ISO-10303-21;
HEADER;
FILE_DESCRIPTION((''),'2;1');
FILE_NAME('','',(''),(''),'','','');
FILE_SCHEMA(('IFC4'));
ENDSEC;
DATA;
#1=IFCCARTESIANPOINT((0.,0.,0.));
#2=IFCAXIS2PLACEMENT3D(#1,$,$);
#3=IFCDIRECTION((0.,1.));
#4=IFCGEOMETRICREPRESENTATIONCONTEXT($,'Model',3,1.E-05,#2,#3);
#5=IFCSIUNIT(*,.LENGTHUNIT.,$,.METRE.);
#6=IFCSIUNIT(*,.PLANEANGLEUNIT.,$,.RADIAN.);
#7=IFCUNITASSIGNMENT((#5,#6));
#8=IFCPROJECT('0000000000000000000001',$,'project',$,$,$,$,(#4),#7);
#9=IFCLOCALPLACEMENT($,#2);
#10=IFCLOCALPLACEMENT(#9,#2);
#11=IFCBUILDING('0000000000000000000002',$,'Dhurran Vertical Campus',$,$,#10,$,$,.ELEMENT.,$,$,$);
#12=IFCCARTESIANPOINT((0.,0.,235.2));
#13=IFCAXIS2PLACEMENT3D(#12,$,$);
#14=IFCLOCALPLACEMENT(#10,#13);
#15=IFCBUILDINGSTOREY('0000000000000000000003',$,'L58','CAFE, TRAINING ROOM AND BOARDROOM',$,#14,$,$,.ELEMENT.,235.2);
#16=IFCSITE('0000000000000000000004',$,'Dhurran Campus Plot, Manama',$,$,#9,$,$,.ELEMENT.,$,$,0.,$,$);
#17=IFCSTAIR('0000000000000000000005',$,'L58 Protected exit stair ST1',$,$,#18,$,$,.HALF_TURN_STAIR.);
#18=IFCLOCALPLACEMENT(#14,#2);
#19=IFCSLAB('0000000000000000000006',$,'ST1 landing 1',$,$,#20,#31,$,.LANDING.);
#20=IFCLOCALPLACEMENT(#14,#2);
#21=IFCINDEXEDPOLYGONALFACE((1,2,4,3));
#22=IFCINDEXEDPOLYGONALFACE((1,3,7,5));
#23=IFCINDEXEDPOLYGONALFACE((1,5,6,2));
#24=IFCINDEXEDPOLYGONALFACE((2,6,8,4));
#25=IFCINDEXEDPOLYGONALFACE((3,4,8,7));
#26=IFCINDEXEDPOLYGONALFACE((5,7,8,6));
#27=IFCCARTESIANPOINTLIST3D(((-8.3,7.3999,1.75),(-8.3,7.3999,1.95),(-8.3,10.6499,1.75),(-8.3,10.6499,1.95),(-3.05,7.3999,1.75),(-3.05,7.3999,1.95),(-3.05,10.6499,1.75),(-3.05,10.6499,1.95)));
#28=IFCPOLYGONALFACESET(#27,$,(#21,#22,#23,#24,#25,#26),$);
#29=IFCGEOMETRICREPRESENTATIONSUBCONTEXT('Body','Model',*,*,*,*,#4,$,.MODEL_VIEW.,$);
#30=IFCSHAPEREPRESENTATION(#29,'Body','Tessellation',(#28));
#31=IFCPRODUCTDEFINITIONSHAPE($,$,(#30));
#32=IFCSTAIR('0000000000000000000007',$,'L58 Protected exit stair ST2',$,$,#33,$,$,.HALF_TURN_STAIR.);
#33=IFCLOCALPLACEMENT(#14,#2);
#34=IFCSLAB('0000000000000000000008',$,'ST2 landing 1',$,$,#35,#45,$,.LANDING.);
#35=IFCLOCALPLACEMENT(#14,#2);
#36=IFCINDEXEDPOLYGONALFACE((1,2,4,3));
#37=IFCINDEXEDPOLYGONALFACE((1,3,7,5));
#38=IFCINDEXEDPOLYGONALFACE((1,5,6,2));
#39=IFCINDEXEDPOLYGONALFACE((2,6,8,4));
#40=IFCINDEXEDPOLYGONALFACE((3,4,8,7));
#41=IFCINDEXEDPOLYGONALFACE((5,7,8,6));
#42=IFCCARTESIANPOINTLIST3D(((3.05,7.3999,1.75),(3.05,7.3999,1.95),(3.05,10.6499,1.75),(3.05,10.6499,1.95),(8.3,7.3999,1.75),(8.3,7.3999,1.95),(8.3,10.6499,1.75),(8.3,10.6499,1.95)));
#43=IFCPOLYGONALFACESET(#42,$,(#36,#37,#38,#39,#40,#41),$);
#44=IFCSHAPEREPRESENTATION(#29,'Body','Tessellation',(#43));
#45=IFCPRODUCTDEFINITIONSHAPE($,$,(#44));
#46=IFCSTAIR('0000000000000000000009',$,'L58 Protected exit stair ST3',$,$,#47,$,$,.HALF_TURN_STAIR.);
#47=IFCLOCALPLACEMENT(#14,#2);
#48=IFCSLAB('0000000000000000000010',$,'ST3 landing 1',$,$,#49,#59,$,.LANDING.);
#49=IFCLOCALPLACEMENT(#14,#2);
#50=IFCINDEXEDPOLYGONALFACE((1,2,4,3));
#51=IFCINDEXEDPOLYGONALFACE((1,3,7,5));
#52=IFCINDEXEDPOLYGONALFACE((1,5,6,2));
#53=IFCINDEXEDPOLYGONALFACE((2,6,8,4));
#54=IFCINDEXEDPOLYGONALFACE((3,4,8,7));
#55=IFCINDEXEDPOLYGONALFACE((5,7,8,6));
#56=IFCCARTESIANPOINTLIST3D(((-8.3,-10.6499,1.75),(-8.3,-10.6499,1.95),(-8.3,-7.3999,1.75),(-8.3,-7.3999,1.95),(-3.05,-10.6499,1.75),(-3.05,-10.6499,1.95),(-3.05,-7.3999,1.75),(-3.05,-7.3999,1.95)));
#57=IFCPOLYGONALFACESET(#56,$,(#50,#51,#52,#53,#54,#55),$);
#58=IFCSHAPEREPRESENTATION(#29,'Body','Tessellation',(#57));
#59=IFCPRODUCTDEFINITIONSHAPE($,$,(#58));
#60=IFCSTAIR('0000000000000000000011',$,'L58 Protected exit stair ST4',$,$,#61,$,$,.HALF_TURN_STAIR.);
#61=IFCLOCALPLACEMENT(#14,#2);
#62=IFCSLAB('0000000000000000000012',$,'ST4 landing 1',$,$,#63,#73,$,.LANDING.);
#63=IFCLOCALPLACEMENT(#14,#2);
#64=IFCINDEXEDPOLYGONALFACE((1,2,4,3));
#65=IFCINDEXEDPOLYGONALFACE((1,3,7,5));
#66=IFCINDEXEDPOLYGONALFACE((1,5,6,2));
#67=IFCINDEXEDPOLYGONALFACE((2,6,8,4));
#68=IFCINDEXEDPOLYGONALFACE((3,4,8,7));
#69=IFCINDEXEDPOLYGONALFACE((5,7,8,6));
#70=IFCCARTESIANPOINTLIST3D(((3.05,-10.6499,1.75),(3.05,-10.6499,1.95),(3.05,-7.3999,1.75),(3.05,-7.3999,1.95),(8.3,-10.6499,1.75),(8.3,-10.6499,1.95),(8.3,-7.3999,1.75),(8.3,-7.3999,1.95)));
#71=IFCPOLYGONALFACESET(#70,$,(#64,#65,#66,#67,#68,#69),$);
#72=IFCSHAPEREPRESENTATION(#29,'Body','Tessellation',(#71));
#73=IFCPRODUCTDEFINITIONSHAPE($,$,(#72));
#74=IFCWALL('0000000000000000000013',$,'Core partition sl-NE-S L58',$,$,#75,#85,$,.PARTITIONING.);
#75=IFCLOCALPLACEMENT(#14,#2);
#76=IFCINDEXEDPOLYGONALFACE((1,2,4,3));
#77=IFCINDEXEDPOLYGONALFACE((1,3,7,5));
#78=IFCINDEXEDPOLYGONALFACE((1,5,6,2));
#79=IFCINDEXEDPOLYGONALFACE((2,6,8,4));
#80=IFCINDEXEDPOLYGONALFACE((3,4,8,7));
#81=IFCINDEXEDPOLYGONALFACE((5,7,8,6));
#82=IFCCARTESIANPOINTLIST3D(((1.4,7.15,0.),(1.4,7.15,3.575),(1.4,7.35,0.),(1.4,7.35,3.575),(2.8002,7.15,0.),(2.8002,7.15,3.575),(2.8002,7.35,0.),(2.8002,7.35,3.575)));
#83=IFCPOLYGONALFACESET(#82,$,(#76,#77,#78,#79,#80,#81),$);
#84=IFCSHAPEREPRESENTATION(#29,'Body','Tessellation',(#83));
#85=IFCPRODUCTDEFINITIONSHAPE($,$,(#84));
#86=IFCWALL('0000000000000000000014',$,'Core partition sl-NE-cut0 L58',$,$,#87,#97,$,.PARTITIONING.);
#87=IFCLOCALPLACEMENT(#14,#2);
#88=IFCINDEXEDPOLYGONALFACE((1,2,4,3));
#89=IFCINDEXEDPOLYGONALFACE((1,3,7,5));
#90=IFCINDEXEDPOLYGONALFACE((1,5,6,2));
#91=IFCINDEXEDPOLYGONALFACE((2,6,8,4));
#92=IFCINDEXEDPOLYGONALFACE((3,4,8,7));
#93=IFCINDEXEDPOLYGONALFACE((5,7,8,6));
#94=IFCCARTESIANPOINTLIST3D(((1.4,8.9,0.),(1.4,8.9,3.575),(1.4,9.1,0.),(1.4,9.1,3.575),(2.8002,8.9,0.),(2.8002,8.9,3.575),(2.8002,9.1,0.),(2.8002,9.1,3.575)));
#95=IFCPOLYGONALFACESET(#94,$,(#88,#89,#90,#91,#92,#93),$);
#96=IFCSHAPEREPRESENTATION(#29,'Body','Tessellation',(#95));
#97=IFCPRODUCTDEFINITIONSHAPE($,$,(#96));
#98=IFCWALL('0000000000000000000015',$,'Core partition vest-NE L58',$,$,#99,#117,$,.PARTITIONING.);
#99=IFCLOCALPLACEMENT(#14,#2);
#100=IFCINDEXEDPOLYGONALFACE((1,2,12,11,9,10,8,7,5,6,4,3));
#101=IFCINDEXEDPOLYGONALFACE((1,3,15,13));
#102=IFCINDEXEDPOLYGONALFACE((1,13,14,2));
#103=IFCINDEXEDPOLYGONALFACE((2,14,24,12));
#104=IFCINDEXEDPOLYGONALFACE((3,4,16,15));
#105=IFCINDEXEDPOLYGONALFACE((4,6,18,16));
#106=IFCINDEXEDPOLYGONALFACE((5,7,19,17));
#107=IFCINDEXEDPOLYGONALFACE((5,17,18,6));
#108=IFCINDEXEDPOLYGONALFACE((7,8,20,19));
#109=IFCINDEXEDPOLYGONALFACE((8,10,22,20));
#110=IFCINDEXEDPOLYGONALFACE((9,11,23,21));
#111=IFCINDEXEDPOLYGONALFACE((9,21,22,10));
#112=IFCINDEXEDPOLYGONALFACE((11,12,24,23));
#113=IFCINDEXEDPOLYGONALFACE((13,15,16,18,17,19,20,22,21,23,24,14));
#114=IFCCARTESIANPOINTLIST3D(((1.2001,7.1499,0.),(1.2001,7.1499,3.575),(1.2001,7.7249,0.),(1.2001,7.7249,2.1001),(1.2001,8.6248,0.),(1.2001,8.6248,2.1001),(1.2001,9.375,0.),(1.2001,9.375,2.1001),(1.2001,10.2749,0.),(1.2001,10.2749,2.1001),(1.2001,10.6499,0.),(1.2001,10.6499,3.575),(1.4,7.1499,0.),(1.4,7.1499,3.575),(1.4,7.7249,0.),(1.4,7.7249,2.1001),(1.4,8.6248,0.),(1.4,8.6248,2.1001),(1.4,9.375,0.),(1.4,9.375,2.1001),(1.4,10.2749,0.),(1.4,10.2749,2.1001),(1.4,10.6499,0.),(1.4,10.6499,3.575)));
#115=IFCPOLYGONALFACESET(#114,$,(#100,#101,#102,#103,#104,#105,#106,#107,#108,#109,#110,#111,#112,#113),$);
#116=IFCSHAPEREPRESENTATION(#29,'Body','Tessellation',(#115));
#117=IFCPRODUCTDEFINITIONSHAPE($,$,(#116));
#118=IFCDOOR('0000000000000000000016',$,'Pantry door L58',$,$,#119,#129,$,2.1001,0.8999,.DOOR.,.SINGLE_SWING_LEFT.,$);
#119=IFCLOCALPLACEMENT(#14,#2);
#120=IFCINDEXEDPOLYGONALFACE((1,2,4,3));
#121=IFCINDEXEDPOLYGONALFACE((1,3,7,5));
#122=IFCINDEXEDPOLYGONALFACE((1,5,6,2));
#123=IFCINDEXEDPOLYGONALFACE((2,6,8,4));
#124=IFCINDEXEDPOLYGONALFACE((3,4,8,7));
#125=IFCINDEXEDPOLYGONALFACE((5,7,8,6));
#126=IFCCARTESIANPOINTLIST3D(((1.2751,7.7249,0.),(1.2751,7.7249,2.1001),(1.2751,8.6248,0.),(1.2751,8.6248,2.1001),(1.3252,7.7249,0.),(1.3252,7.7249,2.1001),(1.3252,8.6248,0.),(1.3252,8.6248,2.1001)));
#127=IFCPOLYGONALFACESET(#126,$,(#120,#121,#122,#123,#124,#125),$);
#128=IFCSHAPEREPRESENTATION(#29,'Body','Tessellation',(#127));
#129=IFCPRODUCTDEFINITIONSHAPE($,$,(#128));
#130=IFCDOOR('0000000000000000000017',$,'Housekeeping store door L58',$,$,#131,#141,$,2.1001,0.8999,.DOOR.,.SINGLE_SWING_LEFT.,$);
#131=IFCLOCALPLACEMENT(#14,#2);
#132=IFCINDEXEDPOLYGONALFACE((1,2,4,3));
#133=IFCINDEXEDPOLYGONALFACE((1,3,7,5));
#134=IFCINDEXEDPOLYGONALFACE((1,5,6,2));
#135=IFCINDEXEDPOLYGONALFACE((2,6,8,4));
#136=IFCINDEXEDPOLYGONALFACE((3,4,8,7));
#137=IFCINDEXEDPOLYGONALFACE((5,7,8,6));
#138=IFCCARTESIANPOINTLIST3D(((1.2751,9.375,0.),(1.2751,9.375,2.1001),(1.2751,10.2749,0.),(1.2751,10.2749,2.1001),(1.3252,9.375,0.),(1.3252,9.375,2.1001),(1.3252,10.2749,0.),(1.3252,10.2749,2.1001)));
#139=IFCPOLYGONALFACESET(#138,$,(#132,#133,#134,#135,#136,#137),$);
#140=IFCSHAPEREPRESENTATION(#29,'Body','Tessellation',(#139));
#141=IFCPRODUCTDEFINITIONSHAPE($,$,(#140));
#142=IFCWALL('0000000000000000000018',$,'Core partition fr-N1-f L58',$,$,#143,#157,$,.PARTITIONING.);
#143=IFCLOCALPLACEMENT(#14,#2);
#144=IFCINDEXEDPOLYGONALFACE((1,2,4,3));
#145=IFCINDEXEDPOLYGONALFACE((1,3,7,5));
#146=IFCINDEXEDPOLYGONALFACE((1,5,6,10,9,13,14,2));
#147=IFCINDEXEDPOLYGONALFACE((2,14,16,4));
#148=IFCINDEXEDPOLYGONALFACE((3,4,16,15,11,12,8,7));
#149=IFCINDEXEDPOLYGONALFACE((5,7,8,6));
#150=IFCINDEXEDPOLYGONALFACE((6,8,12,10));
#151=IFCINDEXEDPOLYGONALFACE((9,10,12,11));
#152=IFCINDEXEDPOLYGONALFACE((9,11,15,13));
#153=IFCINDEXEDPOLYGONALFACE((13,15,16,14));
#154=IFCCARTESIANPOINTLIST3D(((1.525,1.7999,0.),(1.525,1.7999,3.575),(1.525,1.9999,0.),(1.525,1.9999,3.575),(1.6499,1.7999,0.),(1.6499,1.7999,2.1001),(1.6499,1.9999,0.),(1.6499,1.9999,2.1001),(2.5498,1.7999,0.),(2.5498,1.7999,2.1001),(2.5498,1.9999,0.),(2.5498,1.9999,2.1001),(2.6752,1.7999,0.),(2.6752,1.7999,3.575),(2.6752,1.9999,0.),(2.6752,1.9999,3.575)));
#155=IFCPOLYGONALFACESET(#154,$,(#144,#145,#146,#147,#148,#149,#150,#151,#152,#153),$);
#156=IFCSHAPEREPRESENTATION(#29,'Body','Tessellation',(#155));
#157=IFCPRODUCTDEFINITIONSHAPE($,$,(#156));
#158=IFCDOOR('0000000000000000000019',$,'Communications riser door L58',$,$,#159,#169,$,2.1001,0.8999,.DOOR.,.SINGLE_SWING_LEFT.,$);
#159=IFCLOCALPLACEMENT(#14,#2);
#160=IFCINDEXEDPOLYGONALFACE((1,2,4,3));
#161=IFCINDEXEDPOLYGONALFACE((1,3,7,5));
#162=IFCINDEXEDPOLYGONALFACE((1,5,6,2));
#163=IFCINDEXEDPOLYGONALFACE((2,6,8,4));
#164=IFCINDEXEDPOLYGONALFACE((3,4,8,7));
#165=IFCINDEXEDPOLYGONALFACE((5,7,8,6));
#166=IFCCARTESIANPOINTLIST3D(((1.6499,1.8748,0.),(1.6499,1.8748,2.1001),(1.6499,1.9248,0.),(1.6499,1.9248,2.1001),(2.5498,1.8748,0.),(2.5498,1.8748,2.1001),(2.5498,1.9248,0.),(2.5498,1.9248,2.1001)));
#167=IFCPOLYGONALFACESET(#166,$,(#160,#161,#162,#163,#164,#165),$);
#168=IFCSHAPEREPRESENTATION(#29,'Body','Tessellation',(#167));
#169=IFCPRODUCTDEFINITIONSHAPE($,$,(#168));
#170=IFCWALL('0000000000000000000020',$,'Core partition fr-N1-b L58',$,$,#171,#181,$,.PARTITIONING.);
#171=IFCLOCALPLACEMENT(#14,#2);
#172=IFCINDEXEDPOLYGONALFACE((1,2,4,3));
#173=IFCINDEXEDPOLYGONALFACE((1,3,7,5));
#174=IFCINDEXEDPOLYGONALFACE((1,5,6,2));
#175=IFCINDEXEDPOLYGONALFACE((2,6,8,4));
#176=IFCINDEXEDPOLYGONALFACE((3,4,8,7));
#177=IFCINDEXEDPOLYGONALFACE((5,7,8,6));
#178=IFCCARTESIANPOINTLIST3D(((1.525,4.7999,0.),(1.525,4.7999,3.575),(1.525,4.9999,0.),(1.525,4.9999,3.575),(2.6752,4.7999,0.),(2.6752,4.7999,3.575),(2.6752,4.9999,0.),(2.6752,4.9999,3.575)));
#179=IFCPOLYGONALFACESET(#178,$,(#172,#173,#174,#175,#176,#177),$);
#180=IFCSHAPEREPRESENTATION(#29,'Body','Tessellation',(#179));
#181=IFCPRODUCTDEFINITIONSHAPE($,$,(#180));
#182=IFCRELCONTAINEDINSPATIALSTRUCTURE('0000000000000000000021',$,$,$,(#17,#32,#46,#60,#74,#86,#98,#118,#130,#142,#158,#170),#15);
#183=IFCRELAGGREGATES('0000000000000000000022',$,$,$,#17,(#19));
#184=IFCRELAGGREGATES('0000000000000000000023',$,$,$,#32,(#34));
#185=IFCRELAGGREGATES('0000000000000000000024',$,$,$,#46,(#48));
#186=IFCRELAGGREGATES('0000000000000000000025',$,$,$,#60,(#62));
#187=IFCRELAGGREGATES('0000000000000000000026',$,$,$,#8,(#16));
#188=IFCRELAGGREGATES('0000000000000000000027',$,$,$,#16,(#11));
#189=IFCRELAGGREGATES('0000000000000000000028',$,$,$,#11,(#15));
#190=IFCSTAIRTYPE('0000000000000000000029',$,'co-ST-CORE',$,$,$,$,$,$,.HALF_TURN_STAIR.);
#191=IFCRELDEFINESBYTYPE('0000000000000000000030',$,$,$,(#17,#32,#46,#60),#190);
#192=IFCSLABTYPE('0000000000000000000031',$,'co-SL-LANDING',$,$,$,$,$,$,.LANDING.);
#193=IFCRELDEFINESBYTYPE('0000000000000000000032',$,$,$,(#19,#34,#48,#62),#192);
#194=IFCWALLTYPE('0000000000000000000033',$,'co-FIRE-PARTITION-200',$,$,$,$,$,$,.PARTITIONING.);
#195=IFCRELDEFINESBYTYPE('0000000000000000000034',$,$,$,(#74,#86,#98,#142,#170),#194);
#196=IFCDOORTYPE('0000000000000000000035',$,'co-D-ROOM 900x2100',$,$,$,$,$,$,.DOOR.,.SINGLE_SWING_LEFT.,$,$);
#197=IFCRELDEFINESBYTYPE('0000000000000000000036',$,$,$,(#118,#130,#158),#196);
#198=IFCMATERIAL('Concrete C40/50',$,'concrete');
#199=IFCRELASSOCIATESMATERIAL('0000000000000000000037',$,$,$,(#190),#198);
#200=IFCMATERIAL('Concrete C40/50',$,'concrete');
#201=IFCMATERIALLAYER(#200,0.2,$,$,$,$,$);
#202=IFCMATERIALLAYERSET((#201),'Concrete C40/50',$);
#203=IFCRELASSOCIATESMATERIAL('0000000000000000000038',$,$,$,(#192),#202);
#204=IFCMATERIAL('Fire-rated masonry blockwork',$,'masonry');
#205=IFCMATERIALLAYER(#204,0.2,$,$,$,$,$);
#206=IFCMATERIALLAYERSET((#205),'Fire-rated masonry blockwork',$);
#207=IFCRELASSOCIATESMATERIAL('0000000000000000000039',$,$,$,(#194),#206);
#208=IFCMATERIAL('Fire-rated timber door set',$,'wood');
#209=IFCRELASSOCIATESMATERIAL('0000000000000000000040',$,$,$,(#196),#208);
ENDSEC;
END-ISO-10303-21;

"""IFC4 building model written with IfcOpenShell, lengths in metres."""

from ifc_helpers import new_model, si_unit, direction, frame, frame_2d, origin, place, context, subcontext, project, spatial, polyline, rectangle, outline, extrude, material, layer, layer_set, type_object, element, fill, aggregate, save


model = new_model("IFC4")

# Units and contexts
model_context = context("Model", 3, precision=1e-05, world=origin(), true_north=direction((0.0, 1.0)))
body_context = subcontext(model_context, "Body", "Model", "MODEL_VIEW")
ifc_project = project(units=[si_unit("LENGTHUNIT", "METRE"), si_unit("PLANEANGLEUNIT", "RADIAN")], contexts=[model_context])

# Site, building, storey
site_placement = place(None, origin())
site = spatial("IfcSite", under=ifc_project, at=site_placement, Name="Dhurran Campus Plot, Manama", CompositionType="ELEMENT", RefElevation=0.0)
building_placement = place(site_placement, origin())
building = spatial("IfcBuilding", under=site, at=building_placement, Name="Dhurran Vertical Campus", CompositionType="ELEMENT")
storey_placement = place(building_placement, frame((0.0, 0.0, 235.2)))
storey = spatial("IfcBuildingStorey", under=building, at=storey_placement, Name="L58", Description="CAFE, TRAINING ROOM AND BOARDROOM", CompositionType="ELEMENT", Elevation=235.2)

# Stairs, slabs
ifc_material_1 = material(Name="Concrete C40/50", Category="concrete")
stair_type = type_object("IfcStairType", Name="co-ST-CORE", PredefinedType="HALF_TURN_STAIR", material=ifc_material_1)
stair_1_placement = place(storey_placement, origin())
stair_1 = element("IfcStair", 1, at=stair_1_placement, inside=storey, type_object=stair_type, Name="L58 Protected exit stair ST1", PredefinedType="HALF_TURN_STAIR")
ifc_material_2 = material(Name="Concrete C40/50", Category="concrete")
ifc_layer_1 = layer(ifc_material_2, 0.2)
ifc_layer_set_1 = layer_set([ifc_layer_1], Name="Concrete C40/50")
slab_type = type_object("IfcSlabType", Name="co-SL-LANDING", PredefinedType="LANDING", material=ifc_layer_set_1)
slab_1_placement = place(storey_placement, frame((0.0, 0.0, 1.75)))
slab_1 = element("IfcSlab", 2, at=slab_1_placement, type_object=slab_type, Name="ST1 landing 1", PredefinedType="LANDING", context=body_context, shape_type="SweptSolid", body=[
    extrude(outline(polyline([(-8.3, 7.3999), (-3.05, 7.3999), (-3.05, 10.6499), (-8.3, 10.6499), (-8.3, 7.3999)])), origin(), (0.0, 0.0, 1.0), 0.2),
])
aggregate(stair_1, [slab_1])
stair_2_placement = place(storey_placement, origin())
stair_2 = element("IfcStair", 3, at=stair_2_placement, inside=storey, type_object=stair_type, Name="L58 Protected exit stair ST2", PredefinedType="HALF_TURN_STAIR")
slab_2_placement = place(storey_placement, frame((0.0, 0.0, 1.75)))
slab_2 = element("IfcSlab", 4, at=slab_2_placement, type_object=slab_type, Name="ST2 landing 1", PredefinedType="LANDING", context=body_context, shape_type="SweptSolid", body=[
    extrude(outline(polyline([(8.3, 10.6499), (3.05, 10.6499), (3.05, 7.3999), (8.3, 7.3999), (8.3, 10.6499)])), origin(), (0.0, 0.0, 1.0), 0.2),
])
aggregate(stair_2, [slab_2])
stair_3_placement = place(storey_placement, origin())
stair_3 = element("IfcStair", 5, at=stair_3_placement, inside=storey, type_object=stair_type, Name="L58 Protected exit stair ST3", PredefinedType="HALF_TURN_STAIR")
slab_3_placement = place(storey_placement, frame((0.0, 0.0, 1.75)))
slab_3 = element("IfcSlab", 6, at=slab_3_placement, type_object=slab_type, Name="ST3 landing 1", PredefinedType="LANDING", context=body_context, shape_type="SweptSolid", body=[
    extrude(outline(polyline([(-8.3, -10.6499), (-3.05, -10.6499), (-3.05, -7.3999), (-8.3, -7.3999), (-8.3, -10.6499)])), origin(), (0.0, 0.0, 1.0), 0.2),
])
aggregate(stair_3, [slab_3])
stair_4_placement = place(storey_placement, origin())
stair_4 = element("IfcStair", 7, at=stair_4_placement, inside=storey, type_object=stair_type, Name="L58 Protected exit stair ST4", PredefinedType="HALF_TURN_STAIR")
slab_4_placement = place(storey_placement, frame((0.0, 0.0, 1.75)))
slab_4 = element("IfcSlab", 8, at=slab_4_placement, type_object=slab_type, Name="ST4 landing 1", PredefinedType="LANDING", context=body_context, shape_type="SweptSolid", body=[
    extrude(outline(polyline([(8.3, -7.3999), (3.05, -7.3999), (3.05, -10.6499), (8.3, -10.6499), (8.3, -7.3999)])), origin(), (0.0, 0.0, 1.0), 0.2),
])
aggregate(stair_4, [slab_4])

# Walls
ifc_material_3 = material(Name="Fire-rated masonry blockwork", Category="masonry")
ifc_layer_2 = layer(ifc_material_3, 0.2)
ifc_layer_set_2 = layer_set([ifc_layer_2], Name="Fire-rated masonry blockwork")
wall_type_1 = type_object("IfcWallType", Name="co-FIRE-PARTITION-200", PredefinedType="PARTITIONING", material=ifc_layer_set_2)
for number, where, z_axis, x_axis, name in (
    (9, (1.3999, 7.25, 0.0), (0.0, 0.0, 1.0), (1.0, 0.0, 0.0), "Core partition sl-NE-S L58"),
    (10, (1.3999, 9.0, 0.0), (0.0, 0.0, 1.0), (1.0, 0.0, 0.0), "Core partition sl-NE-cut0 L58"),
):
    element("IfcWall", number, at=place(storey_placement, frame(where, z_axis=z_axis, x_axis=x_axis)), inside=storey, type_object=wall_type_1, Name=name, PredefinedType="PARTITIONING", context=body_context, shape_type="SweptSolid", body=[
        extrude(rectangle(XDim=1.4001, YDim=0.2, at=frame_2d((0.7002, 0.0))), origin(), (0.0, 0.0, 1.0), 3.575),
    ])

# Wall, openings, doors
wall_1_placement = place(storey_placement, frame((1.3, 7.1499, 0.0), z_axis=(0.0, 0.0, 1.0), x_axis=(0.0, 1.0, 0.0)))
wall_1 = element("IfcWall", 11, at=wall_1_placement, inside=storey, type_object=wall_type_1, Name="Core partition vest-NE L58", PredefinedType="PARTITIONING", context=body_context, shape_type="SweptSolid", body=[
    extrude(rectangle(XDim=3.5, YDim=0.2, at=frame_2d((1.75, 0.0))), origin(), (0.0, 0.0, 1.0), 3.575),
])
opening_1_placement = place(wall_1_placement, frame((0.575, 0.0, 0.0)))
opening_1 = element("IfcOpeningElement", 12, at=opening_1_placement, cuts=wall_1, PredefinedType="OPENING", context=body_context, shape_type="SweptSolid", body=[
    extrude(rectangle(XDim=0.8999, YDim=2.1001, at=frame_2d((0.45, 1.05))), frame((0.0, 0.1099, 0.0), z_axis=(0.0, -1.0, 0.0), x_axis=(1.0, 0.0, 0.0)), (0.0, 0.0, 1.0), 0.22),
])
opening_2_placement = place(wall_1_placement, frame((2.2251, 0.0, 0.0)))
opening_2 = element("IfcOpeningElement", 13, at=opening_2_placement, cuts=wall_1, PredefinedType="OPENING", context=body_context, shape_type="SweptSolid", body=[
    extrude(rectangle(XDim=0.8999, YDim=2.1001, at=frame_2d((0.45, 1.05))), frame((0.0, 0.1099, 0.0), z_axis=(0.0, -1.0, 0.0), x_axis=(1.0, 0.0, 0.0)), (0.0, 0.0, 1.0), 0.22),
])
ifc_material_4 = material(Name="Fire-rated timber door set", Category="wood")
door_type_1 = type_object("IfcDoorType", Name="co-D-ROOM 900x2100", OperationType="SINGLE_SWING_LEFT", PredefinedType="DOOR", material=ifc_material_4)
door_1_placement = place(opening_1_placement, origin())
door_1 = element("IfcDoor", 14, at=door_1_placement, inside=storey, type_object=door_type_1, Name="Pantry door L58", OperationType="SINGLE_SWING_LEFT", OverallHeight=2.1001, OverallWidth=0.8999, PredefinedType="DOOR", context=body_context, shape_type="SweptSolid", body=[
    extrude(rectangle(XDim=0.8999, YDim=2.1001, at=frame_2d((0.45, 1.05))), frame((0.0, 0.0249, 0.0), z_axis=(0.0, -1.0, 0.0), x_axis=(1.0, 0.0, 0.0)), (0.0, 0.0, 1.0), 0.05),
])
fill(opening_1, door_1)
door_2_placement = place(opening_2_placement, origin())
door_2 = element("IfcDoor", 15, at=door_2_placement, inside=storey, type_object=door_type_1, Name="Housekeeping store door L58", OperationType="SINGLE_SWING_LEFT", OverallHeight=2.1001, OverallWidth=0.8999, PredefinedType="DOOR", context=body_context, shape_type="SweptSolid", body=[
    extrude(rectangle(XDim=0.8999, YDim=2.1001, at=frame_2d((0.45, 1.05))), frame((0.0, 0.0249, 0.0), z_axis=(0.0, -1.0, 0.0), x_axis=(1.0, 0.0, 0.0)), (0.0, 0.0, 1.0), 0.05),
])
fill(opening_2, door_2)

# Wall, opening, door
wall_2_placement = place(storey_placement, frame((1.5249, 1.8999, 0.0), z_axis=(0.0, 0.0, 1.0), x_axis=(1.0, 0.0, 0.0)))
wall_2 = element("IfcWall", 16, at=wall_2_placement, inside=storey, type_object=wall_type_1, Name="Core partition fr-N1-f L58", PredefinedType="PARTITIONING", context=body_context, shape_type="SweptSolid", body=[
    extrude(rectangle(XDim=1.1501, YDim=0.2, at=frame_2d((0.5752, 0.0))), origin(), (0.0, 0.0, 1.0), 3.575),
])
opening_3_placement = place(wall_2_placement, frame((0.125, 0.0, 0.0)))
opening_3 = element("IfcOpeningElement", 17, at=opening_3_placement, cuts=wall_2, PredefinedType="OPENING", context=body_context, shape_type="SweptSolid", body=[
    extrude(rectangle(XDim=0.8999, YDim=2.1001, at=frame_2d((0.45, 1.05))), frame((0.0, 0.1099, 0.0), z_axis=(0.0, -1.0, 0.0), x_axis=(1.0, 0.0, 0.0)), (0.0, 0.0, 1.0), 0.22),
])
door_3_placement = place(opening_3_placement, origin())
door_3 = element("IfcDoor", 18, at=door_3_placement, inside=storey, type_object=door_type_1, Name="Communications riser door L58", OperationType="SINGLE_SWING_LEFT", OverallHeight=2.1001, OverallWidth=0.8999, PredefinedType="DOOR", context=body_context, shape_type="SweptSolid", body=[
    extrude(rectangle(XDim=0.8999, YDim=2.1001, at=frame_2d((0.45, 1.05))), frame((0.0, 0.0249, 0.0), z_axis=(0.0, -1.0, 0.0), x_axis=(1.0, 0.0, 0.0)), (0.0, 0.0, 1.0), 0.05),
])
fill(opening_3, door_3)

# Wall
wall_3_placement = place(storey_placement, frame((1.5249, 4.8999, 0.0), z_axis=(0.0, 0.0, 1.0), x_axis=(1.0, 0.0, 0.0)))
element("IfcWall", 19, at=wall_3_placement, inside=storey, type_object=wall_type_1, Name="Core partition fr-N1-b L58", PredefinedType="PARTITIONING", context=body_context, shape_type="SweptSolid", body=[
    extrude(rectangle(XDim=1.1501, YDim=0.2, at=frame_2d((0.5752, 0.0))), origin(), (0.0, 0.0, 1.0), 3.575),
])

save(model, "model.ifc")
